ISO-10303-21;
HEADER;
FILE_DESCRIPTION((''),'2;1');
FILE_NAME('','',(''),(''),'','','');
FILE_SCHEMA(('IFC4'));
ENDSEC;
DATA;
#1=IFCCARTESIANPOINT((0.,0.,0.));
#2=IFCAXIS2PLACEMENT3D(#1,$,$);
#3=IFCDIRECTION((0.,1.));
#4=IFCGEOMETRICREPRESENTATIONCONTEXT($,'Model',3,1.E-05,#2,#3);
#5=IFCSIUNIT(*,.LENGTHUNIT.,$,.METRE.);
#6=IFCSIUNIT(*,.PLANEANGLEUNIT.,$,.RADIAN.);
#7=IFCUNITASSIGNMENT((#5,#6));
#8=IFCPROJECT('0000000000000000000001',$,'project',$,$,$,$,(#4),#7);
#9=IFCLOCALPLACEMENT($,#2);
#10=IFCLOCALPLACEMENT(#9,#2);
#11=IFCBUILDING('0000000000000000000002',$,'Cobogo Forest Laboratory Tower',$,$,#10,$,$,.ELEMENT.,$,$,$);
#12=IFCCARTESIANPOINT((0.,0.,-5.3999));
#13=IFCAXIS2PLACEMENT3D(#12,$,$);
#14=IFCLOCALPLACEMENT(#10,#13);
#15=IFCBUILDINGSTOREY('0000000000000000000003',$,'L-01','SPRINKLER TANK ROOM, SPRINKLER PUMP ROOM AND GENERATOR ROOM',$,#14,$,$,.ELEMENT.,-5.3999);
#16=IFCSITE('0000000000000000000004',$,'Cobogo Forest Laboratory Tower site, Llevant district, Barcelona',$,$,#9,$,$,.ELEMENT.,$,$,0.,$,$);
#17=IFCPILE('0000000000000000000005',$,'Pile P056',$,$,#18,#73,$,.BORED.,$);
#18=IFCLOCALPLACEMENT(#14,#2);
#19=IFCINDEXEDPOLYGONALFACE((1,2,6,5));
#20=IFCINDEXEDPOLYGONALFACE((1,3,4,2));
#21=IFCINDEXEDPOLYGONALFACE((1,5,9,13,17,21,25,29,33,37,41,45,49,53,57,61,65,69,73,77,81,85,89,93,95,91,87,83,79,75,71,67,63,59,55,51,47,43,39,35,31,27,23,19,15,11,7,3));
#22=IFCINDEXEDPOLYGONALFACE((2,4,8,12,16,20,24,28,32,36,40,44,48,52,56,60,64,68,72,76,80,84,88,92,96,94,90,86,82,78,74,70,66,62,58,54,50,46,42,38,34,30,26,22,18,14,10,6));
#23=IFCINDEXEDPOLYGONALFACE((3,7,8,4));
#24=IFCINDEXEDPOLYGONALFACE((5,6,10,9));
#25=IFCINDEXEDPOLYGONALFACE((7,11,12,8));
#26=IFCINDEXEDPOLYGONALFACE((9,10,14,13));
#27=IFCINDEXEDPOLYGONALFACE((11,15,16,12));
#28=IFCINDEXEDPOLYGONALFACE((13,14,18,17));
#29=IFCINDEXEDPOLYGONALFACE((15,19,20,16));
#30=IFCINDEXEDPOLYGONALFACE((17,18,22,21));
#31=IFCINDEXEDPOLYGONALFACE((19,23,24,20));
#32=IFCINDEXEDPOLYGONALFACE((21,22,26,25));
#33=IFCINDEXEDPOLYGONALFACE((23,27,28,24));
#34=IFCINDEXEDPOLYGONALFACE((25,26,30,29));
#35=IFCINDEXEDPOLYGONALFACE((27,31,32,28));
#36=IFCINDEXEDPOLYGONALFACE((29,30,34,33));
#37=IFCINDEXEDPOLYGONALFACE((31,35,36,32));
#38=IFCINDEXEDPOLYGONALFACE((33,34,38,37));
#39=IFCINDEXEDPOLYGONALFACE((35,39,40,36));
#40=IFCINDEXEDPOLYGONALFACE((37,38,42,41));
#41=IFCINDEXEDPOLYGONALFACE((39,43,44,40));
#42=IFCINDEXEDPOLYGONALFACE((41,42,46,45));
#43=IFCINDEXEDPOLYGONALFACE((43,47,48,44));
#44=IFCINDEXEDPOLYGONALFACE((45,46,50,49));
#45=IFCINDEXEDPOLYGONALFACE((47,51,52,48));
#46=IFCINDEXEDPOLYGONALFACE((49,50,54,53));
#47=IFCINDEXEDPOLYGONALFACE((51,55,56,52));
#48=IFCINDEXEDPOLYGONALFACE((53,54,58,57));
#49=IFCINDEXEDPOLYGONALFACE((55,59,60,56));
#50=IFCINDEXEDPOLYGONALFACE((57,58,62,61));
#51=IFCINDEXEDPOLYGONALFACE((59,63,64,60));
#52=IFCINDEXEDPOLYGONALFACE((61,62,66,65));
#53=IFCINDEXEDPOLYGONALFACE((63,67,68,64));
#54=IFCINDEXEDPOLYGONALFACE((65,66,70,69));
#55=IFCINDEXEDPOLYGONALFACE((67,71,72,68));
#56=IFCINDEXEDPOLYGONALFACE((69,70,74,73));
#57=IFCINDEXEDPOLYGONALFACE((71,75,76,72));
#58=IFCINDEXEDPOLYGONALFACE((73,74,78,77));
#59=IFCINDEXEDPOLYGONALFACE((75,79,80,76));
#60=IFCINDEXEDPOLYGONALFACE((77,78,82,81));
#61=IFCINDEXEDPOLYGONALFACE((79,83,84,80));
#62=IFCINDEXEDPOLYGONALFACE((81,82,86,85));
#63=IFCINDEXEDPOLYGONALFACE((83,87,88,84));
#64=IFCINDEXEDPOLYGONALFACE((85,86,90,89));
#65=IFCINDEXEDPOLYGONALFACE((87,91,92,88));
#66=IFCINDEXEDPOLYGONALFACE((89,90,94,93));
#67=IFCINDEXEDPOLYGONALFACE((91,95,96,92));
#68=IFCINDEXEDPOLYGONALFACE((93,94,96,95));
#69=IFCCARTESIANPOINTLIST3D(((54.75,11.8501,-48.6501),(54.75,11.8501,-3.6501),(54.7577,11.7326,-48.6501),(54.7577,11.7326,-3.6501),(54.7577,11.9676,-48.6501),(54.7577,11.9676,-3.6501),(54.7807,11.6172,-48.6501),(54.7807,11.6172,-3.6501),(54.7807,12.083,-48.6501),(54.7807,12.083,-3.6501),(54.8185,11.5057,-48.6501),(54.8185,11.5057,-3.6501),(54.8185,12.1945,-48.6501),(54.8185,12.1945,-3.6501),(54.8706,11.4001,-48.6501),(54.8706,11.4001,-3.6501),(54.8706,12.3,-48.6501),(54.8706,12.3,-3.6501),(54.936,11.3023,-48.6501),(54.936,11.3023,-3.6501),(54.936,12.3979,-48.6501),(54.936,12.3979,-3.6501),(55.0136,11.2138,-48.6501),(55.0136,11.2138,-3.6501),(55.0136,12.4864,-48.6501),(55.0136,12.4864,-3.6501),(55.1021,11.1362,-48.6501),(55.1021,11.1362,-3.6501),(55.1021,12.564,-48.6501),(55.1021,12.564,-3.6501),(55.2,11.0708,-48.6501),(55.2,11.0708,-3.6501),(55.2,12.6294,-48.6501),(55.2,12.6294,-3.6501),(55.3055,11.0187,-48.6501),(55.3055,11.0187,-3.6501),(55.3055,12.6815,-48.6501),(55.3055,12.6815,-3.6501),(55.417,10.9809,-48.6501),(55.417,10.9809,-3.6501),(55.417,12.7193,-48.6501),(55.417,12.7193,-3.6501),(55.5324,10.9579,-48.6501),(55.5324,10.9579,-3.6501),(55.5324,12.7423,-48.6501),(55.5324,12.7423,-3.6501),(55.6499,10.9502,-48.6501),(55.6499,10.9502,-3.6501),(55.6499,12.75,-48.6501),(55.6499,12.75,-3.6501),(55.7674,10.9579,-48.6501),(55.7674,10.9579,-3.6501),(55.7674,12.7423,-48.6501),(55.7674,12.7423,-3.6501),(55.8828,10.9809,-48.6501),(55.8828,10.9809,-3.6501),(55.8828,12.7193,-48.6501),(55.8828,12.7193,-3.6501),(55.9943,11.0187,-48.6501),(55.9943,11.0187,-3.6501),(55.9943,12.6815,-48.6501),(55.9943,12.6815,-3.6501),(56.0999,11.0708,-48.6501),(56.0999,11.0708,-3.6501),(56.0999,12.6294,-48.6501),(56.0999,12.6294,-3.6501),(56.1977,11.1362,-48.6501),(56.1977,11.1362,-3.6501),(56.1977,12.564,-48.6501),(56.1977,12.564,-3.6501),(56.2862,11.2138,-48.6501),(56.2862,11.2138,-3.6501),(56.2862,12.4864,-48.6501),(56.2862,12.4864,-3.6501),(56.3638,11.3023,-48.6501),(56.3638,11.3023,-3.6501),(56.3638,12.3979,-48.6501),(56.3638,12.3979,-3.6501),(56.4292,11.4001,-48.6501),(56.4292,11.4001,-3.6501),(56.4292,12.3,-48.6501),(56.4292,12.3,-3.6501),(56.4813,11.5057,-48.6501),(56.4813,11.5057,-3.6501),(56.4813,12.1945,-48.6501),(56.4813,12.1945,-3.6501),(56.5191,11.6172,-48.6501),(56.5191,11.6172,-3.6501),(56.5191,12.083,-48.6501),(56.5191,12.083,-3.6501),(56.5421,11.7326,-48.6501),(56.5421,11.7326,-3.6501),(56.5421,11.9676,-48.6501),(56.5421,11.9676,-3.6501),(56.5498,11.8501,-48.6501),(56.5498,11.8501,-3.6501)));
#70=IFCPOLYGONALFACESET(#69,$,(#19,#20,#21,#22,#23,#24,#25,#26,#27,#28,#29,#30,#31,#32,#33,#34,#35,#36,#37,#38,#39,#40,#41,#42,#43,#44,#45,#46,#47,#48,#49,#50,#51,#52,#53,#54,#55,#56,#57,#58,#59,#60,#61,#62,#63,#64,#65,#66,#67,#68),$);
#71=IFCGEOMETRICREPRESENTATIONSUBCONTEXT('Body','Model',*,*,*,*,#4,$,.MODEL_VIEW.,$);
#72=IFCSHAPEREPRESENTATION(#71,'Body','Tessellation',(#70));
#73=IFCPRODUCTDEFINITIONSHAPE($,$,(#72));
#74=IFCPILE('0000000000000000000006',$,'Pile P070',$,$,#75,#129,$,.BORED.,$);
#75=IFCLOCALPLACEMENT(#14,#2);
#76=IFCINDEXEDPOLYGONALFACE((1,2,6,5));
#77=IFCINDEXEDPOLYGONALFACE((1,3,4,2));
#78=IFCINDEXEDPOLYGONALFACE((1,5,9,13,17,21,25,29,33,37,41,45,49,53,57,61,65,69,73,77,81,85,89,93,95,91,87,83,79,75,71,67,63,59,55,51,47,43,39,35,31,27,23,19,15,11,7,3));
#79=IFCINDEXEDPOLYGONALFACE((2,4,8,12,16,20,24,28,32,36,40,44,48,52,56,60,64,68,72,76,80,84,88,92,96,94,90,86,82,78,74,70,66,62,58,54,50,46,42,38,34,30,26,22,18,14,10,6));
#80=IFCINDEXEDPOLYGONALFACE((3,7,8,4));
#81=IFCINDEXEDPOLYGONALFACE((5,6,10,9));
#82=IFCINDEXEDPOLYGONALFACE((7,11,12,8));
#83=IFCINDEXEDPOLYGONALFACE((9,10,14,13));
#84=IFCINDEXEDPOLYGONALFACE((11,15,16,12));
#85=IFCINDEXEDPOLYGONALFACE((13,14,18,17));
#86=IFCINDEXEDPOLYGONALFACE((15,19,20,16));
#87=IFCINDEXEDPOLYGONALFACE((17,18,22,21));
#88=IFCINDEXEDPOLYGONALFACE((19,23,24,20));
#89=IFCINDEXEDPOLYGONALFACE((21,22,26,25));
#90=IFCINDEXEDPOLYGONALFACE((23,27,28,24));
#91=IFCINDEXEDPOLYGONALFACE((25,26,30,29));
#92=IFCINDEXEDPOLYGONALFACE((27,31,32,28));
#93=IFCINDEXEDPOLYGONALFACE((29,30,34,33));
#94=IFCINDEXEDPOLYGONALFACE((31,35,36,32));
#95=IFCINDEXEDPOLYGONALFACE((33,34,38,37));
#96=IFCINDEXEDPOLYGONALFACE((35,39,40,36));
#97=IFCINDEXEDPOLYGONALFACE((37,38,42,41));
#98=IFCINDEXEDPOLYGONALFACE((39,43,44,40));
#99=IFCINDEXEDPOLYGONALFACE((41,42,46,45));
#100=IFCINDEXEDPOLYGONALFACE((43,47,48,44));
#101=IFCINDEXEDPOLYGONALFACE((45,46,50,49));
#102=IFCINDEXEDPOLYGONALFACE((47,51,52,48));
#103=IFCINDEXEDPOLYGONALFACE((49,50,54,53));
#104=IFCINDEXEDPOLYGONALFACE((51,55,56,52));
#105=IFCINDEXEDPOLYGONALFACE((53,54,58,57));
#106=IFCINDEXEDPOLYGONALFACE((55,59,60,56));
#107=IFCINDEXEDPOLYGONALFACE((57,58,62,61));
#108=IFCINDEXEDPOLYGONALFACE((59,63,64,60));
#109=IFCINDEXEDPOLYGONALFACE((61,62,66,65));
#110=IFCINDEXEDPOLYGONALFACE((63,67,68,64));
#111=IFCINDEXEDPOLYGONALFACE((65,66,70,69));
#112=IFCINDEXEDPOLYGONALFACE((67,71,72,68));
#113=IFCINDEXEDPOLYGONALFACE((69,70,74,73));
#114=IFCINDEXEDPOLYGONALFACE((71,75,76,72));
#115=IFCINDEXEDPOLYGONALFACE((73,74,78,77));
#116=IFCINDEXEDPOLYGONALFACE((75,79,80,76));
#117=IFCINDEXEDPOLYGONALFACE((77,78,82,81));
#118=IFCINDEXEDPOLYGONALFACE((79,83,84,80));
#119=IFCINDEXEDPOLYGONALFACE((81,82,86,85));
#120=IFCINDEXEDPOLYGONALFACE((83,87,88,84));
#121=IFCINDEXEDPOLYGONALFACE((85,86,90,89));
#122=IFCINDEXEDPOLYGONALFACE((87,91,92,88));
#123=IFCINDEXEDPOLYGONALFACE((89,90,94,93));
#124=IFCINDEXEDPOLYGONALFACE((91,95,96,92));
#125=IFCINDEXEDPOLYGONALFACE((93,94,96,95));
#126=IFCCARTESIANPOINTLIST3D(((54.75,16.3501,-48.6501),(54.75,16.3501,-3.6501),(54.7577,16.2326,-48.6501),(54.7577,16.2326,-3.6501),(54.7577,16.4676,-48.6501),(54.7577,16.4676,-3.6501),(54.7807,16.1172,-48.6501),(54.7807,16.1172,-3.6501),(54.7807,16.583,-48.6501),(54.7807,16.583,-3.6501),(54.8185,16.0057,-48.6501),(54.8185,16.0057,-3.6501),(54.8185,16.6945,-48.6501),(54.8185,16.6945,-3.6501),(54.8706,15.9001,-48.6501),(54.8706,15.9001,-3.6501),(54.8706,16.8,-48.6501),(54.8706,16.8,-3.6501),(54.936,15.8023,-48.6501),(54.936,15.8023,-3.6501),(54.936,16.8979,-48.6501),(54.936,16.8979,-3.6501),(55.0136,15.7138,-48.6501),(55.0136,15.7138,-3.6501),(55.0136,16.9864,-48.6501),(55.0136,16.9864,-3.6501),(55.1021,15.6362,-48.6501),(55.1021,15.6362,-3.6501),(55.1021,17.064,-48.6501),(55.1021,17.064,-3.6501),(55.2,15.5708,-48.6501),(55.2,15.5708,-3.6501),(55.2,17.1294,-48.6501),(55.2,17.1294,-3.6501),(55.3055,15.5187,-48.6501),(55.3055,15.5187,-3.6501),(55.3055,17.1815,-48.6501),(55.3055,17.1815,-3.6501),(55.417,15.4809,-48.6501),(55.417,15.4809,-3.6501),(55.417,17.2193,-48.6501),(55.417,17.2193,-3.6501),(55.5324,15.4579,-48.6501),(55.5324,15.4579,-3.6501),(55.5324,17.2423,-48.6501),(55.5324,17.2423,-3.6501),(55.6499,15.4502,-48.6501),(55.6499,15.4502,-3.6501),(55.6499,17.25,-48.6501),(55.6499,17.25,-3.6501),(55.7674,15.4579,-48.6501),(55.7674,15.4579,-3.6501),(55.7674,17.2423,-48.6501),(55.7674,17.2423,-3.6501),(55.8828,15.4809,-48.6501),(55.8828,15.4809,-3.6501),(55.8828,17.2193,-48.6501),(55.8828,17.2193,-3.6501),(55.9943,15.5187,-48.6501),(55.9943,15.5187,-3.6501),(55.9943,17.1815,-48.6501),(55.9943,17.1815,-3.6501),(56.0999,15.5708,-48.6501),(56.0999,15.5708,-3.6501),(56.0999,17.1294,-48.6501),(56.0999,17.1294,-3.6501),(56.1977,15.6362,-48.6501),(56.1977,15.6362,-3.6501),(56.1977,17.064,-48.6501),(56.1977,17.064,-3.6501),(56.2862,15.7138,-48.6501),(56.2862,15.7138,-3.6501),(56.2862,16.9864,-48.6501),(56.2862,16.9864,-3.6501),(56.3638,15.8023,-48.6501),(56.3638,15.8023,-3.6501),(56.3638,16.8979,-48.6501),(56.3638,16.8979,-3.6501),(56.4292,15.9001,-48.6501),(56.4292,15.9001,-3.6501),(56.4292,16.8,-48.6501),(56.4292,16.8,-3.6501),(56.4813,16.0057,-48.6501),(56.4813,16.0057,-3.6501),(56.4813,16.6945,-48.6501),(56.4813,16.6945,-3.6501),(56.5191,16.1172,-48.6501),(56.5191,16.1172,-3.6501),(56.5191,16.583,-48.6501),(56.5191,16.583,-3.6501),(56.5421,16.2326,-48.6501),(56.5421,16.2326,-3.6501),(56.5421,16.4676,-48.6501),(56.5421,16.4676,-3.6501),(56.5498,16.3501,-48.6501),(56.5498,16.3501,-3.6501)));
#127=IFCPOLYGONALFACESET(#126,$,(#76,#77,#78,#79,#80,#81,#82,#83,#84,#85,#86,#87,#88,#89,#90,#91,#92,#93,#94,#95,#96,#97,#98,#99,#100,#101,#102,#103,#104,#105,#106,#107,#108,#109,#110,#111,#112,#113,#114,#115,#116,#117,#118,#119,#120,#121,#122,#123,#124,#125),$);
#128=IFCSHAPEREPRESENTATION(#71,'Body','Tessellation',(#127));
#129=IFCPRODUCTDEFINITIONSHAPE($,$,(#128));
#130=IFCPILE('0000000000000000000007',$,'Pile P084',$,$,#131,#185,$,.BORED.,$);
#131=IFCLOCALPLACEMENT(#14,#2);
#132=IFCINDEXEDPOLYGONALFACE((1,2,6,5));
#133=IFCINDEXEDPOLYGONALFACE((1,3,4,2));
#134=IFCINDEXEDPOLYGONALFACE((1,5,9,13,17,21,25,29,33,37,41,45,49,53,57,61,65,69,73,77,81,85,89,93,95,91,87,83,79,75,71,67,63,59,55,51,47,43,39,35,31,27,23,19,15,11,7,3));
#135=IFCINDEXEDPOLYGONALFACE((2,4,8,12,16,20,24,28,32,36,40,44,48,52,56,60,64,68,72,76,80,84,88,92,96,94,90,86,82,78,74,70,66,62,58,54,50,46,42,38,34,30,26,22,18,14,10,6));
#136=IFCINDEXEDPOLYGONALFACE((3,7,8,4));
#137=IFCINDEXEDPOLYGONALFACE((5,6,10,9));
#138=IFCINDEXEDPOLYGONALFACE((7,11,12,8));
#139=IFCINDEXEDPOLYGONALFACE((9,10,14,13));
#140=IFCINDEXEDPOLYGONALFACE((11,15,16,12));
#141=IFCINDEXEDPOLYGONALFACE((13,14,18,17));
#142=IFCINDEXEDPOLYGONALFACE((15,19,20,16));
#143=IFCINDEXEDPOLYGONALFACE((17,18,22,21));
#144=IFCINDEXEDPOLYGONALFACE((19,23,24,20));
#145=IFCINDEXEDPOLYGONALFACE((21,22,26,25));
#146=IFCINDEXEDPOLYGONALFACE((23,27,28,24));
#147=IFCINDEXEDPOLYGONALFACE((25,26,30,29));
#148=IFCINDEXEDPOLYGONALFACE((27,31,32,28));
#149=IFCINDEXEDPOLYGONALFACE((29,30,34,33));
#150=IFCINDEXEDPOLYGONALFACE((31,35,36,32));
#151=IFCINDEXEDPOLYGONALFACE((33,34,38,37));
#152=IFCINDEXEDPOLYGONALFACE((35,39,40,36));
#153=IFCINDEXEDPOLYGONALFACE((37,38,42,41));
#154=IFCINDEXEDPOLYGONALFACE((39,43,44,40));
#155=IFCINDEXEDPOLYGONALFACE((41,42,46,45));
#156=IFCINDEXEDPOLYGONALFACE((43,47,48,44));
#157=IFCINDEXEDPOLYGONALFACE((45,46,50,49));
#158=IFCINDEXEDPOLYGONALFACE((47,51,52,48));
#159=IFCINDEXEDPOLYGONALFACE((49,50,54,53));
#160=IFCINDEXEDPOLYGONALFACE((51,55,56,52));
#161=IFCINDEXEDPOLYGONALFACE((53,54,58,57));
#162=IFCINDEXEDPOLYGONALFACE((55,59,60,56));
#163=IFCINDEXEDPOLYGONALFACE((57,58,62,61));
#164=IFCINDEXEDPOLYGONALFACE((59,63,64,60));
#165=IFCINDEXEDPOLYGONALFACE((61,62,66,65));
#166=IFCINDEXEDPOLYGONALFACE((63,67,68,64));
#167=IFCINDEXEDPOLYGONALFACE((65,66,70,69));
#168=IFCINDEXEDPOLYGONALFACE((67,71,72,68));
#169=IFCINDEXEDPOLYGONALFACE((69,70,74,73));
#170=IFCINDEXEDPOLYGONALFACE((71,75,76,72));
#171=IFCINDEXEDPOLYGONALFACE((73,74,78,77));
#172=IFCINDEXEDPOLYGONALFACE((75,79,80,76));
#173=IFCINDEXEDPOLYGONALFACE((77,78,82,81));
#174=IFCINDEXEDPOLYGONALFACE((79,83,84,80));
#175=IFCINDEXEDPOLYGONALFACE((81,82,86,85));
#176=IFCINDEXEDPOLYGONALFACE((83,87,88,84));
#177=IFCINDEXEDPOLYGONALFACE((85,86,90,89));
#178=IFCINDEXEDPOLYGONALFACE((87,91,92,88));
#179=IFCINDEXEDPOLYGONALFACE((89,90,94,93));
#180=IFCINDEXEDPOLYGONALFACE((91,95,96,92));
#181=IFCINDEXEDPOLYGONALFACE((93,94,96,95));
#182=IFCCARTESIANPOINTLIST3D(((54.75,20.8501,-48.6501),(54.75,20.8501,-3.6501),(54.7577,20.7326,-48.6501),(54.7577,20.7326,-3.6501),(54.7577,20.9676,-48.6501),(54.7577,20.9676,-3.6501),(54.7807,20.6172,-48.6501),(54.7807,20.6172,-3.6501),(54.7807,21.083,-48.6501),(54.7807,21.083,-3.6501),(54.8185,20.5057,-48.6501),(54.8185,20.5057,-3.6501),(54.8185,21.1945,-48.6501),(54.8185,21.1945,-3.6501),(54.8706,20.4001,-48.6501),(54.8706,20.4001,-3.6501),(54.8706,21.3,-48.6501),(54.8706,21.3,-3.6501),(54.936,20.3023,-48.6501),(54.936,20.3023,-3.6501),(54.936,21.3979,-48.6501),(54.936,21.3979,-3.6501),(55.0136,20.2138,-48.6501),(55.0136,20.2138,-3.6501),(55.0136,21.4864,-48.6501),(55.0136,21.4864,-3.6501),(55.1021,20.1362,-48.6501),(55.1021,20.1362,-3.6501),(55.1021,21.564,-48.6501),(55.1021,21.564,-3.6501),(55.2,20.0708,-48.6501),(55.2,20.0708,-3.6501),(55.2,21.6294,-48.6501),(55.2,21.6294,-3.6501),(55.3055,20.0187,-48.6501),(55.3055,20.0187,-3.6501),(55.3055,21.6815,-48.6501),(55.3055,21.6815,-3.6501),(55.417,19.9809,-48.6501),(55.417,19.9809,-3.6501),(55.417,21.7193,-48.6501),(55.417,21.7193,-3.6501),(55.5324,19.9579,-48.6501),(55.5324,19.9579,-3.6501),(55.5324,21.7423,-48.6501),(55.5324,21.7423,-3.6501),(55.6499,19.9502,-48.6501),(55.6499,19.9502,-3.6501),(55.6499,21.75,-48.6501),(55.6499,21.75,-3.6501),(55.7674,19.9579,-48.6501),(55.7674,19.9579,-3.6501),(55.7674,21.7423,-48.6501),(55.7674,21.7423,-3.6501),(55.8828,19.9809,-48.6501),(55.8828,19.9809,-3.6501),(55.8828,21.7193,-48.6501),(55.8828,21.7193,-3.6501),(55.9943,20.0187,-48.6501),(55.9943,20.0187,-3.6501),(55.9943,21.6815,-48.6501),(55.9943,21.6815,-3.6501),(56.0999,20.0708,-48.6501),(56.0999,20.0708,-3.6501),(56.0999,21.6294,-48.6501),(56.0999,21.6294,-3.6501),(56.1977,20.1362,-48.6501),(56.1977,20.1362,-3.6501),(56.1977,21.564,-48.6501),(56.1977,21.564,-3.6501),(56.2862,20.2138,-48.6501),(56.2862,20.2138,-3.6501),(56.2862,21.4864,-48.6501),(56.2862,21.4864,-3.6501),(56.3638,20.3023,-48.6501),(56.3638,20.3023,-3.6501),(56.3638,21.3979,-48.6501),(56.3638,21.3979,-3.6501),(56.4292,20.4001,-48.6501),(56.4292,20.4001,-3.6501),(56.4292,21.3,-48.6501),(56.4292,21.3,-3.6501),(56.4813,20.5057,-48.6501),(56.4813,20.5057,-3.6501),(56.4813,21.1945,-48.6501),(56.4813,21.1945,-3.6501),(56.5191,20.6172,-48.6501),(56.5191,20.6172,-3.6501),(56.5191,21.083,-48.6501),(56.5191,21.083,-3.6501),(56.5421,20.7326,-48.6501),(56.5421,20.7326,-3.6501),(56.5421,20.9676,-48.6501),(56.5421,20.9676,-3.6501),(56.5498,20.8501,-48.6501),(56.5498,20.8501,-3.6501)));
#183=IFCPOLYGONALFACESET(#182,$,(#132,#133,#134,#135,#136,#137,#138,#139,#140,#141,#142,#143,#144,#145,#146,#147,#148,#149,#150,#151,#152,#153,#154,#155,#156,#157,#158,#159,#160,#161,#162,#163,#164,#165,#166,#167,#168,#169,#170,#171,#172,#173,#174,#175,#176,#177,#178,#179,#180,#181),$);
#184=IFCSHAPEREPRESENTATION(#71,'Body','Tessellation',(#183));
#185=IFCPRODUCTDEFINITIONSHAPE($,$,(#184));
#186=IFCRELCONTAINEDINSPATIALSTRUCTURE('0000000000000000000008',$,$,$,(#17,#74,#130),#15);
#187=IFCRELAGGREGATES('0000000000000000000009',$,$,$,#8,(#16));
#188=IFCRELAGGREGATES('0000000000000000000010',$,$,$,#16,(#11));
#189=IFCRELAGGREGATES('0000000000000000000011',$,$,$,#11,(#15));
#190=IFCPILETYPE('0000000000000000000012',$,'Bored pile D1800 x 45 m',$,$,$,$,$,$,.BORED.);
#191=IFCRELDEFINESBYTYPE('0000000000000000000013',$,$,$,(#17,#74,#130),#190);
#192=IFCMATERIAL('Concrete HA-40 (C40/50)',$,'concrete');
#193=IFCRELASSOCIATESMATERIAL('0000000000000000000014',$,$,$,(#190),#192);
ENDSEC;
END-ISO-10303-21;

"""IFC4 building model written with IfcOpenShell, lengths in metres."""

from ifc_helpers import new_model, si_unit, direction, frame, origin, origin_2d, place, context, subcontext, project, spatial, circle, extrude, material, material_profile, profile_set, type_object, element, save


model = new_model("IFC4")

# Units and contexts
model_context = context("Model", 3, precision=1e-05, world=origin(), true_north=direction((0.0, 1.0)))
body_context = subcontext(model_context, "Body", "Model", "MODEL_VIEW")
ifc_project = project(units=[si_unit("LENGTHUNIT", "METRE"), si_unit("PLANEANGLEUNIT", "RADIAN")], contexts=[model_context])

# Site, building, storey
site_placement = place(None, origin())
site = spatial("IfcSite", under=ifc_project, at=site_placement, Name="Cobogo Forest Laboratory Tower site, Llevant district, Barcelona", CompositionType="ELEMENT", RefElevation=0.0)
building_placement = place(site_placement, origin())
building = spatial("IfcBuilding", under=site, at=building_placement, Name="Cobogo Forest Laboratory Tower", CompositionType="ELEMENT")
storey_placement = place(building_placement, frame((0.0, 0.0, -5.3999)))
storey = spatial("IfcBuildingStorey", under=building, at=storey_placement, Name="L-01", Description="SPRINKLER TANK ROOM, SPRINKLER PUMP ROOM AND GENERATOR ROOM", CompositionType="ELEMENT", Elevation=-5.3999)

# Piles
ifc_material_1 = material(Name="Concrete HA-40 (C40/50)", Category="concrete")
ifc_material_profile_1 = material_profile(ifc_material_1, circle(Radius=0.8999, at=origin_2d()), Name="PILE D1800")
ifc_profile_set_1 = profile_set([ifc_material_profile_1], Name="Concrete HA-40 (C40/50)")
pile_type_1 = type_object("IfcPileType", Name="Bored pile D1800 x 45 m", PredefinedType="BORED", material=ifc_profile_set_1)
for number, where, z_axis, x_axis, name in (
    (1, (55.6499, 11.8501, -3.6501), (0.0, 0.0, -1.0), (1.0, 0.0, 0.0), "Pile P056"),
    (2, (55.6499, 16.3501, -3.6501), (0.0, 0.0, -1.0), (1.0, 0.0, 0.0), "Pile P070"),
    (3, (55.6499, 20.8501, -3.6501), (0.0, 0.0, -1.0), (1.0, 0.0, 0.0), "Pile P084"),
):
    element("IfcPile", number, at=place(storey_placement, frame(where, z_axis=z_axis, x_axis=x_axis)), inside=storey, type_object=pile_type_1, Name=name, PredefinedType="BORED", context=body_context, shape_type="SweptSolid", body=[
        extrude(circle(Radius=0.8999, at=origin_2d()), origin(), (0.0, 0.0, 1.0), 45.0),
    ])

save(model, "model.ifc")
